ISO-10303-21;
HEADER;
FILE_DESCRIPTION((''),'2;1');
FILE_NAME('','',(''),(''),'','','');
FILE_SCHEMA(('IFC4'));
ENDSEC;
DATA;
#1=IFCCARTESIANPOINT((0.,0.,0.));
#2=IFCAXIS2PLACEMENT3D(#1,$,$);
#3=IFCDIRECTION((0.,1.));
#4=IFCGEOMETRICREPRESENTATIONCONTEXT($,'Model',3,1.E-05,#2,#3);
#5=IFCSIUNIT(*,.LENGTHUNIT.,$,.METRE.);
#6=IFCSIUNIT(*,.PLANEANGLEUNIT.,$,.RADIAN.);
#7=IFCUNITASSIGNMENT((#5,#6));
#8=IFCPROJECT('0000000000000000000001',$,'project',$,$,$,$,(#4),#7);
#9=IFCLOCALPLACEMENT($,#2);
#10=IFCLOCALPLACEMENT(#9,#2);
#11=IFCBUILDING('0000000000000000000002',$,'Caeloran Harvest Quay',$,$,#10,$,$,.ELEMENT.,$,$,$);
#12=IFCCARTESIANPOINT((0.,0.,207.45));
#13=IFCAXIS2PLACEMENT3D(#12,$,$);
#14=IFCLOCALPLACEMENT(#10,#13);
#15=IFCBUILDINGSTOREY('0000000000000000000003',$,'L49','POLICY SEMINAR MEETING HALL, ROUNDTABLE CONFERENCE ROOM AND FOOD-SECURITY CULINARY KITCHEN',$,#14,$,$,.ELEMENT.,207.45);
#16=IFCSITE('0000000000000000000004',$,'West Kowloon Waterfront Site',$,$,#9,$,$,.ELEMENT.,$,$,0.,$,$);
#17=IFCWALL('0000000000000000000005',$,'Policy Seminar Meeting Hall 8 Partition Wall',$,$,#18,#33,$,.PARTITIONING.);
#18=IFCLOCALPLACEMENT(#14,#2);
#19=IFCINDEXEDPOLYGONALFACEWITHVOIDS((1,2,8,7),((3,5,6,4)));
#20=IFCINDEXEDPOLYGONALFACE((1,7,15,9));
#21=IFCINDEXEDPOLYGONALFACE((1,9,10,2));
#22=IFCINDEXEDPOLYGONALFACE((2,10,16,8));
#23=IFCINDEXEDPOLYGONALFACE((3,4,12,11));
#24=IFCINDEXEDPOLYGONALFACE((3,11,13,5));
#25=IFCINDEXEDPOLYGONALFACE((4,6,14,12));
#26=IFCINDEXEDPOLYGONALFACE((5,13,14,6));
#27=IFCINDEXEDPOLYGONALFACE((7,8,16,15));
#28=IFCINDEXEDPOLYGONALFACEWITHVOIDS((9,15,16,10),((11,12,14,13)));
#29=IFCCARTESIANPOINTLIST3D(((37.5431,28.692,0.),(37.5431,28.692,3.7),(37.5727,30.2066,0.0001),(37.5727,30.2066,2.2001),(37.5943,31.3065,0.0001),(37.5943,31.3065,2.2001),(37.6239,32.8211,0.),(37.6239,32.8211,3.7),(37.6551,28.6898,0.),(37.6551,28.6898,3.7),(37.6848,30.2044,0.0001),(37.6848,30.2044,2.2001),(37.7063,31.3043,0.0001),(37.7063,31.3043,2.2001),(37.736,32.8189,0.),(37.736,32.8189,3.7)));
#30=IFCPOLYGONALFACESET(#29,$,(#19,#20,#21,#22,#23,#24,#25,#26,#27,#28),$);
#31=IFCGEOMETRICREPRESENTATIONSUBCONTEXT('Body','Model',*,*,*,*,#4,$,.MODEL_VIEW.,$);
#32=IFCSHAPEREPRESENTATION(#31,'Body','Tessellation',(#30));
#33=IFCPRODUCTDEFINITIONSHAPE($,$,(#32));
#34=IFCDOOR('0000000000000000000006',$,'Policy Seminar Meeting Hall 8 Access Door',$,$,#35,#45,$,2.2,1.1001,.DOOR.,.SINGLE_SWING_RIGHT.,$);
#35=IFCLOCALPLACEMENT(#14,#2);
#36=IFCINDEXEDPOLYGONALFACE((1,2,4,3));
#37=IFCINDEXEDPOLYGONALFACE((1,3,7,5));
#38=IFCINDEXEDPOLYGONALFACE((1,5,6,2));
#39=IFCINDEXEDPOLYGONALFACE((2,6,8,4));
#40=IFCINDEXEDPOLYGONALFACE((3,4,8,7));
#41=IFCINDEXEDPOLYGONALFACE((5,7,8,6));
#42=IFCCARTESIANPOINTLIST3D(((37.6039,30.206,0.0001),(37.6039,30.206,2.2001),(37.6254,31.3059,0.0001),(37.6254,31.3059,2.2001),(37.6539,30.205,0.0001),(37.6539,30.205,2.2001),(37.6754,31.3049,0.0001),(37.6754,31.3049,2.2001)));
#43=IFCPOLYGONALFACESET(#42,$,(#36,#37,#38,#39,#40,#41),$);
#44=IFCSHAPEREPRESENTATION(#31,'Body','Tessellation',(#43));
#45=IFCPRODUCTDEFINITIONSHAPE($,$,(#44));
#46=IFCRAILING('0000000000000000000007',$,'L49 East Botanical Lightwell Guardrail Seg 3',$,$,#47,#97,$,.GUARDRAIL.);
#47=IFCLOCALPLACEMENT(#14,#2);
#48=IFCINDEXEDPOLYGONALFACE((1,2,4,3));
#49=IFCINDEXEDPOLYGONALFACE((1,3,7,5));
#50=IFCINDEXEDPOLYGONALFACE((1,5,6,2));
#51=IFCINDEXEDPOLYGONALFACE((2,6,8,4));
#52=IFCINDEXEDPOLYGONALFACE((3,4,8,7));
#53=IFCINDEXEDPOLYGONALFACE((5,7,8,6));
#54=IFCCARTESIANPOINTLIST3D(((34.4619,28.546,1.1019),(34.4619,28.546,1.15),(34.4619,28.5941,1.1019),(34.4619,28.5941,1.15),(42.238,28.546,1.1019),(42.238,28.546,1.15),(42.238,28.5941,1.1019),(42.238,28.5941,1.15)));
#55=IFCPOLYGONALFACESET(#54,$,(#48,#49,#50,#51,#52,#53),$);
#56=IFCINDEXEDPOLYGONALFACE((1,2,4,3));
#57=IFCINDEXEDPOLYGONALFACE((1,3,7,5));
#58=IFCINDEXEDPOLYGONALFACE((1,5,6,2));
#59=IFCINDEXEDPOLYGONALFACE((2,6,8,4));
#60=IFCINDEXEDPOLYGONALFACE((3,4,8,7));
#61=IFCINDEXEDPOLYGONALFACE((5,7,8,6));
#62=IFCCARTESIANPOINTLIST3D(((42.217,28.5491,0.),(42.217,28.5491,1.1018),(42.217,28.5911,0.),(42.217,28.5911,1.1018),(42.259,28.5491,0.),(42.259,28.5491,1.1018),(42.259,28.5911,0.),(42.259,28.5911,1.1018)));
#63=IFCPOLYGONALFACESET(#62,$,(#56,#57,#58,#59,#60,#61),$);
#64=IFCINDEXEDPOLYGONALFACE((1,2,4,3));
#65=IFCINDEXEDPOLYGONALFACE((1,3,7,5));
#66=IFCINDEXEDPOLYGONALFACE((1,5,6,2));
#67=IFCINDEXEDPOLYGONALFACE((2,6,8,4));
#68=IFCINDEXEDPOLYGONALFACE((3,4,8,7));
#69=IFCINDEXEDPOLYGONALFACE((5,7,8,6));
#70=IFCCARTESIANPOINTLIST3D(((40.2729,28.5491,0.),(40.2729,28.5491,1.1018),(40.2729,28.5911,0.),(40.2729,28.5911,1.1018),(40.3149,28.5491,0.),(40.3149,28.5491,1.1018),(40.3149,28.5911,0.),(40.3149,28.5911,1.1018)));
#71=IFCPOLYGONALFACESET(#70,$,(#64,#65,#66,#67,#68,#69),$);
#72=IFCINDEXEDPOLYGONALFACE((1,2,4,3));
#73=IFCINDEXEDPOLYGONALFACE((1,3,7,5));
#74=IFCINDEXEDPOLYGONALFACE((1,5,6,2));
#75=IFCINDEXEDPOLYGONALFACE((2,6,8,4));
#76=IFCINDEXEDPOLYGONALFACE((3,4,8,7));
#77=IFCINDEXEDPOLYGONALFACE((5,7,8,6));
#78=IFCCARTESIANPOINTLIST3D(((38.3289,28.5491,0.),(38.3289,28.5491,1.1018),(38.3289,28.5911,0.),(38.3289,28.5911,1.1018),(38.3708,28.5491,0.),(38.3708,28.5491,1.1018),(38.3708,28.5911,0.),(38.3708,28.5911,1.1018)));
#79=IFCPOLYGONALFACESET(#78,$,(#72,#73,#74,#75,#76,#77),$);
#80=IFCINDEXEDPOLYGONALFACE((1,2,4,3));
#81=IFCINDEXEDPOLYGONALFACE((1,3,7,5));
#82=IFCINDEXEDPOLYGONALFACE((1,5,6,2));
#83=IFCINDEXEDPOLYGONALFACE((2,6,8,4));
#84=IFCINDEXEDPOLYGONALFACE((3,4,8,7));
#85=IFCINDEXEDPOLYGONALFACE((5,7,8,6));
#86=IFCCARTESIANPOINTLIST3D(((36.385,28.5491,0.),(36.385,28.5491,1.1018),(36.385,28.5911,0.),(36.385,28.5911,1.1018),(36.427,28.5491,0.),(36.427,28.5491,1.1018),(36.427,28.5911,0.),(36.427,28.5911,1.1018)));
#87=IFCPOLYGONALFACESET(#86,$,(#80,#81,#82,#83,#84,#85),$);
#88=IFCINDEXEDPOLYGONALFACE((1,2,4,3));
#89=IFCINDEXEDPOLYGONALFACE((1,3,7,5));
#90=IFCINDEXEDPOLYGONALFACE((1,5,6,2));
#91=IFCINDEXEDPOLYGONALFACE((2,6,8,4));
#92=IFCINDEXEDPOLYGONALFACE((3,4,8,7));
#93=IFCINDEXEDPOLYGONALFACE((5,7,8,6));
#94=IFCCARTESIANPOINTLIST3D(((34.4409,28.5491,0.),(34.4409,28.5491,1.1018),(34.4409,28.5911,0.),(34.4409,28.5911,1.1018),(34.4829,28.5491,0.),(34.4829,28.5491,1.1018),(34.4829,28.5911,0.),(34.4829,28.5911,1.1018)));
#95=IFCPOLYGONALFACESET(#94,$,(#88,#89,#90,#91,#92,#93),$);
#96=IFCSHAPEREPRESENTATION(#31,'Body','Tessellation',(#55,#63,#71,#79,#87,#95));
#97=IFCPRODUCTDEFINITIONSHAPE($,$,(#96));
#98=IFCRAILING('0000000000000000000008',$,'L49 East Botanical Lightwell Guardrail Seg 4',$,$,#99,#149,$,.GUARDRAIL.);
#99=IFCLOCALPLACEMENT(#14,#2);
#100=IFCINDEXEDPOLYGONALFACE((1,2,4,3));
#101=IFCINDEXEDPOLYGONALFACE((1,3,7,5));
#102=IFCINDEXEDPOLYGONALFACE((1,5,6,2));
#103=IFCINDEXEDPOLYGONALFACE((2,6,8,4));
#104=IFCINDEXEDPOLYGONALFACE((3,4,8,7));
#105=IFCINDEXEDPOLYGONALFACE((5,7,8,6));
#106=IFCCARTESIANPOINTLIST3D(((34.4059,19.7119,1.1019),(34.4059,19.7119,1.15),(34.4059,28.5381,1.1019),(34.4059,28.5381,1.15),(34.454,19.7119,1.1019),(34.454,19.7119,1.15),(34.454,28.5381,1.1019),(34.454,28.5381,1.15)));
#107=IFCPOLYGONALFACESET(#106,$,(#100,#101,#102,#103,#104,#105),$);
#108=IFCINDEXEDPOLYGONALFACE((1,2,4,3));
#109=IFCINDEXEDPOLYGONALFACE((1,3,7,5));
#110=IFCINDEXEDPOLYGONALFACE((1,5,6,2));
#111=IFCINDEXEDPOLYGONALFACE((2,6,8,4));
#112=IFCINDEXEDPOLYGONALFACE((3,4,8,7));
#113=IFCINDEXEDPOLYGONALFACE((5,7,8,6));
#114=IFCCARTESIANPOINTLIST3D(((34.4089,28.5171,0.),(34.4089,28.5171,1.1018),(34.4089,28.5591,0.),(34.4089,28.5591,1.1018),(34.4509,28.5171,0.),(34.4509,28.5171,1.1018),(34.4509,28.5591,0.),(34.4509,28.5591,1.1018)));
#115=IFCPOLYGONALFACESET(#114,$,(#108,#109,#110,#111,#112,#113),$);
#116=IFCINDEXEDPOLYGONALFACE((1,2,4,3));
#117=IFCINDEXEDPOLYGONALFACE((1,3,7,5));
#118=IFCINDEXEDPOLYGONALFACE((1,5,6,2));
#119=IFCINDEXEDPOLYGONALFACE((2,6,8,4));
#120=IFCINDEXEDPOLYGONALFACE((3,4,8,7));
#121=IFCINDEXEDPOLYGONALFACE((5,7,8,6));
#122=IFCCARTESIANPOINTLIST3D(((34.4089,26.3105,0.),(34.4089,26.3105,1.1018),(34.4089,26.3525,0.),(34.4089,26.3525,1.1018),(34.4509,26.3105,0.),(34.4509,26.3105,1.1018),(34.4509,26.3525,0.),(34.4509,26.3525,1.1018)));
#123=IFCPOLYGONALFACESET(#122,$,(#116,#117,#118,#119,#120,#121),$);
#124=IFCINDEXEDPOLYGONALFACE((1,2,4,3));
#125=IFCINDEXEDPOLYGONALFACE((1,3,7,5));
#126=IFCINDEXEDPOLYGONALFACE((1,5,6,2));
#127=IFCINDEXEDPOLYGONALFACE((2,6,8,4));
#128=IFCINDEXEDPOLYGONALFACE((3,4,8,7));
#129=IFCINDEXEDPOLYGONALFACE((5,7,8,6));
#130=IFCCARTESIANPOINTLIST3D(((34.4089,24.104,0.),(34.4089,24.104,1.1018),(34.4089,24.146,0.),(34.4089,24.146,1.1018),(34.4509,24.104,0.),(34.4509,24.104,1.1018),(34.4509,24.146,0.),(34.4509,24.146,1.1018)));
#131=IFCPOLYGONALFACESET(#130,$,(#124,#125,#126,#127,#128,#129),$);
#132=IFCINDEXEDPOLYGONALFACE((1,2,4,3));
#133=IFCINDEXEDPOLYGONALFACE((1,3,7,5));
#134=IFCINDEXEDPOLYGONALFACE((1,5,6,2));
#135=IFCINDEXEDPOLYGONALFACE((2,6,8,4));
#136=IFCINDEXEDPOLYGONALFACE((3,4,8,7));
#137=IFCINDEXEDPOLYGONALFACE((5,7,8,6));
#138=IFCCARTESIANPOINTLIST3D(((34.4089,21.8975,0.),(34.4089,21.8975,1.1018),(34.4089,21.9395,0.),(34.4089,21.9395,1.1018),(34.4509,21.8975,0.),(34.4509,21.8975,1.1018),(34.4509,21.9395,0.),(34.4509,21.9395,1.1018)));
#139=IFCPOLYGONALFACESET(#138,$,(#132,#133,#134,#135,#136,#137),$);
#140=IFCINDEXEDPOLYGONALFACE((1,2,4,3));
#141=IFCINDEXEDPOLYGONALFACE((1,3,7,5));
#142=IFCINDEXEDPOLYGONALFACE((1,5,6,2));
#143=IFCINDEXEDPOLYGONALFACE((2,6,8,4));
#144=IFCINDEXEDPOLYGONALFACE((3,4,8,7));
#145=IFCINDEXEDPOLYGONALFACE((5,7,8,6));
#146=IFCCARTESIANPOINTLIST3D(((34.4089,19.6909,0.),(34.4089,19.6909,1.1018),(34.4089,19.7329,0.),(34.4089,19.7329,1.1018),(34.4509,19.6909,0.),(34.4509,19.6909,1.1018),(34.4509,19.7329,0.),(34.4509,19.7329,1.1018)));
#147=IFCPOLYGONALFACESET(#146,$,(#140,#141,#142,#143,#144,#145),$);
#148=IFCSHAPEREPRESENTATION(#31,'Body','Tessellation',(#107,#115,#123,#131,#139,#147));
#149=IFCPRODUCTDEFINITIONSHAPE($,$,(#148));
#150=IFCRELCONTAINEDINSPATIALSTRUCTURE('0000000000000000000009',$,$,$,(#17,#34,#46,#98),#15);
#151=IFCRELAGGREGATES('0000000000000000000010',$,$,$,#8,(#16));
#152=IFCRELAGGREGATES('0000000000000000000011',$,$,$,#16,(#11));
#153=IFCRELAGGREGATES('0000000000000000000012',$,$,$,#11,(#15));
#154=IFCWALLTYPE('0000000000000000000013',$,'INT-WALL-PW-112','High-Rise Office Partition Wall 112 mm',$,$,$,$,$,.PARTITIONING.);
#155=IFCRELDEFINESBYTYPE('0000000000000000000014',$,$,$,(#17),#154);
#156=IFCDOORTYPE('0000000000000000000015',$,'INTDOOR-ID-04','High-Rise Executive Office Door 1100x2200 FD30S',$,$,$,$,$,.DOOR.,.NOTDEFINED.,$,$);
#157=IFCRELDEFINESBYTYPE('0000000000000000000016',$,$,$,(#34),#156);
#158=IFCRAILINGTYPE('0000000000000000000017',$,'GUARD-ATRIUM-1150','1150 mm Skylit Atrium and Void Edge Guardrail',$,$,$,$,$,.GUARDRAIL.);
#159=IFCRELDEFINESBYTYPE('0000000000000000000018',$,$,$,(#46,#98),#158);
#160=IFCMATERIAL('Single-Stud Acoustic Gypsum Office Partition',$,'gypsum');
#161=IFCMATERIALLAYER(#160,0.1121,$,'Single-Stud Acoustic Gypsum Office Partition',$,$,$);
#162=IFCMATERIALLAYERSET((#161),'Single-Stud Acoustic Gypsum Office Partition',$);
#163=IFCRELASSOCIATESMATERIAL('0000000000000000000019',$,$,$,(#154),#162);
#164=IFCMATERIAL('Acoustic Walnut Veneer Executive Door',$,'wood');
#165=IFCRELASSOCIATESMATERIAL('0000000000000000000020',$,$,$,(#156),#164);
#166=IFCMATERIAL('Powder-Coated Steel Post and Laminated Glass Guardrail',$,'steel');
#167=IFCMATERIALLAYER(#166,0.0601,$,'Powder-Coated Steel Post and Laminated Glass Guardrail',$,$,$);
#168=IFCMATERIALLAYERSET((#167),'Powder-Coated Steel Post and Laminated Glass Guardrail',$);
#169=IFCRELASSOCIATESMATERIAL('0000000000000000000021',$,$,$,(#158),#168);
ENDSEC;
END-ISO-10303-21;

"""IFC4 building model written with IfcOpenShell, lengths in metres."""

from ifc_helpers import new_model, si_unit, direction, frame, frame_2d, origin, origin_2d, place, context, subcontext, project, spatial, rectangle, extrude, material, layer, layer_set, type_object, element, fill, save


model = new_model("IFC4")

# Units and contexts
model_context = context("Model", 3, precision=1e-05, world=origin(), true_north=direction((0.0, 1.0)))
body_context = subcontext(model_context, "Body", "Model", "MODEL_VIEW")
ifc_project = project(units=[si_unit("LENGTHUNIT", "METRE"), si_unit("PLANEANGLEUNIT", "RADIAN")], contexts=[model_context])

# Site, building, storey
site_placement = place(None, origin())
site = spatial("IfcSite", under=ifc_project, at=site_placement, Name="West Kowloon Waterfront Site", CompositionType="ELEMENT", RefElevation=0.0)
building_placement = place(site_placement, origin())
building = spatial("IfcBuilding", under=site, at=building_placement, Name="Caeloran Harvest Quay", CompositionType="ELEMENT")
storey_placement = place(building_placement, frame((0.0, 0.0, 207.45)))
storey = spatial("IfcBuildingStorey", under=building, at=storey_placement, Name="L49", Description="POLICY SEMINAR MEETING HALL, ROUNDTABLE CONFERENCE ROOM AND FOOD-SECURITY CULINARY KITCHEN", CompositionType="ELEMENT", Elevation=207.45)

# Shared definitions
ifc_material_1 = material(Name="Single-Stud Acoustic Gypsum Office Partition", Category="gypsum")
ifc_layer_1 = layer(ifc_material_1, 0.1121, Name="Single-Stud Acoustic Gypsum Office Partition")
ifc_layer_set_1 = layer_set([ifc_layer_1], Name="Single-Stud Acoustic Gypsum Office Partition")
wall_type_1 = type_object("IfcWallType", Name="INT-WALL-PW-112", Description="High-Rise Office Partition Wall 112 mm", PredefinedType="PARTITIONING", material=ifc_layer_set_1)

# Shared definitions
ifc_material_2 = material(Name="Acoustic Walnut Veneer Executive Door", Category="wood")
door_type = type_object("IfcDoorType", Name="INTDOOR-ID-04", Description="High-Rise Executive Office Door 1100x2200 FD30S", OperationType="NOTDEFINED", PredefinedType="DOOR", material=ifc_material_2)

# Wall, opening, door
wall_1_placement = place(storey_placement, frame((37.5991, 28.6909, 0.0), z_axis=(0.0, 0.0, 1.0), x_axis=(0.019567, 0.999809, 0.0)))
wall_1 = element("IfcWall", 1, at=wall_1_placement, inside=storey, type_object=wall_type_1, Name="Policy Seminar Meeting Hall 8 Partition Wall", PredefinedType="PARTITIONING", context=body_context, shape_type="SweptSolid", body=[
    extrude(rectangle(XDim=4.1299, YDim=0.1121, at=frame_2d((2.0649, 0.0))), origin(), (0.0, 0.0, 1.0), 3.7),
])
opening_1_placement = place(wall_1_placement, frame((1.5149, 0.0, 0.0)))
opening_1 = element("IfcOpeningElement", 2, at=opening_1_placement, cuts=wall_1, PredefinedType="OPENING", context=body_context, shape_type="SweptSolid", body=[
    extrude(rectangle(XDim=1.1001, YDim=2.2, at=frame_2d((0.55, 1.1001))), frame((0.0, 0.0659, 0.0), z_axis=(0.0, -1.0, 0.0), x_axis=(1.0, 0.0, 0.0)), (0.0, 0.0, 1.0), 0.1321),
])
door_1_placement = place(opening_1_placement, origin())
door_1 = element("IfcDoor", 3, at=door_1_placement, inside=storey, type_object=door_type, Name="Policy Seminar Meeting Hall 8 Access Door", OperationType="SINGLE_SWING_RIGHT", OverallHeight=2.2, OverallWidth=1.1001, PredefinedType="DOOR", context=body_context, shape_type="SweptSolid", body=[
    extrude(rectangle(XDim=1.1001, YDim=2.2, at=frame_2d((0.55, 1.1001))), frame((0.0, 0.0249, 0.0), z_axis=(0.0, -1.0, 0.0), x_axis=(1.0, 0.0, 0.0)), (0.0, 0.0, 1.0), 0.05),
])
fill(opening_1, door_1)

# Railings
ifc_material_3 = material(Name="Powder-Coated Steel Post and Laminated Glass Guardrail", Category="steel")
ifc_layer_2 = layer(ifc_material_3, 0.0601, Name="Powder-Coated Steel Post and Laminated Glass Guardrail")
ifc_layer_set_2 = layer_set([ifc_layer_2], Name="Powder-Coated Steel Post and Laminated Glass Guardrail")
railing_type = type_object("IfcRailingType", Name="GUARD-ATRIUM-1150", Description="1150 mm Skylit Atrium and Void Edge Guardrail", PredefinedType="GUARDRAIL", material=ifc_layer_set_2)
railing_1_placement = place(storey_placement, frame((42.238, 28.5701, 0.0)))
element("IfcRailing", 4, at=railing_1_placement, inside=storey, type_object=railing_type, Name="L49 East Botanical Lightwell Guardrail Seg 3", PredefinedType="GUARDRAIL", context=body_context, shape_type="SweptSolid", body=[
    extrude(rectangle(XDim=0.0481, YDim=0.0481, at=origin_2d()), frame((0.0, 0.0, 1.126), z_axis=(-1.0, 0.0, 0.0), x_axis=(0.0, -1.0, 0.0)), (0.0, 0.0, 1.0), 7.7761),
    extrude(rectangle(XDim=0.042, YDim=0.042, at=origin_2d()), origin(), (0.0, 0.0, 1.0), 1.1018),
    extrude(rectangle(XDim=0.042, YDim=0.042, at=origin_2d()), frame((-1.9441, 0.0, 0.0)), (0.0, 0.0, 1.0), 1.1018),
    extrude(rectangle(XDim=0.042, YDim=0.042, at=origin_2d()), frame((-3.8882, 0.0, 0.0)), (0.0, 0.0, 1.0), 1.1018),
    extrude(rectangle(XDim=0.042, YDim=0.042, at=origin_2d()), frame((-5.832, 0.0, 0.0)), (0.0, 0.0, 1.0), 1.1018),
    extrude(rectangle(XDim=0.042, YDim=0.042, at=origin_2d()), frame((-7.7761, 0.0, 0.0)), (0.0, 0.0, 1.0), 1.1018),
])
railing_2_placement = place(storey_placement, frame((34.4299, 28.5381, 0.0)))
element("IfcRailing", 5, at=railing_2_placement, inside=storey, type_object=railing_type, Name="L49 East Botanical Lightwell Guardrail Seg 4", PredefinedType="GUARDRAIL", context=body_context, shape_type="SweptSolid", body=[
    extrude(rectangle(XDim=0.0481, YDim=0.0481, at=origin_2d()), frame((0.0, 0.0, 1.126), z_axis=(0.0, -1.0, 0.0), x_axis=(1.0, 0.0, 0.0)), (0.0, 0.0, 1.0), 8.8262),
    extrude(rectangle(XDim=0.042, YDim=0.042, at=origin_2d()), origin(), (0.0, 0.0, 1.0), 1.1018),
    extrude(rectangle(XDim=0.042, YDim=0.042, at=origin_2d()), frame((0.0, -2.2065, 0.0)), (0.0, 0.0, 1.0), 1.1018),
    extrude(rectangle(XDim=0.042, YDim=0.042, at=origin_2d()), frame((0.0, -4.4131, 0.0)), (0.0, 0.0, 1.0), 1.1018),
    extrude(rectangle(XDim=0.042, YDim=0.042, at=origin_2d()), frame((0.0, -6.6196, 0.0)), (0.0, 0.0, 1.0), 1.1018),
    extrude(rectangle(XDim=0.042, YDim=0.042, at=origin_2d()), frame((0.0, -8.8262, 0.0)), (0.0, 0.0, 1.0), 1.1018),
])

save(model, "model.ifc")
